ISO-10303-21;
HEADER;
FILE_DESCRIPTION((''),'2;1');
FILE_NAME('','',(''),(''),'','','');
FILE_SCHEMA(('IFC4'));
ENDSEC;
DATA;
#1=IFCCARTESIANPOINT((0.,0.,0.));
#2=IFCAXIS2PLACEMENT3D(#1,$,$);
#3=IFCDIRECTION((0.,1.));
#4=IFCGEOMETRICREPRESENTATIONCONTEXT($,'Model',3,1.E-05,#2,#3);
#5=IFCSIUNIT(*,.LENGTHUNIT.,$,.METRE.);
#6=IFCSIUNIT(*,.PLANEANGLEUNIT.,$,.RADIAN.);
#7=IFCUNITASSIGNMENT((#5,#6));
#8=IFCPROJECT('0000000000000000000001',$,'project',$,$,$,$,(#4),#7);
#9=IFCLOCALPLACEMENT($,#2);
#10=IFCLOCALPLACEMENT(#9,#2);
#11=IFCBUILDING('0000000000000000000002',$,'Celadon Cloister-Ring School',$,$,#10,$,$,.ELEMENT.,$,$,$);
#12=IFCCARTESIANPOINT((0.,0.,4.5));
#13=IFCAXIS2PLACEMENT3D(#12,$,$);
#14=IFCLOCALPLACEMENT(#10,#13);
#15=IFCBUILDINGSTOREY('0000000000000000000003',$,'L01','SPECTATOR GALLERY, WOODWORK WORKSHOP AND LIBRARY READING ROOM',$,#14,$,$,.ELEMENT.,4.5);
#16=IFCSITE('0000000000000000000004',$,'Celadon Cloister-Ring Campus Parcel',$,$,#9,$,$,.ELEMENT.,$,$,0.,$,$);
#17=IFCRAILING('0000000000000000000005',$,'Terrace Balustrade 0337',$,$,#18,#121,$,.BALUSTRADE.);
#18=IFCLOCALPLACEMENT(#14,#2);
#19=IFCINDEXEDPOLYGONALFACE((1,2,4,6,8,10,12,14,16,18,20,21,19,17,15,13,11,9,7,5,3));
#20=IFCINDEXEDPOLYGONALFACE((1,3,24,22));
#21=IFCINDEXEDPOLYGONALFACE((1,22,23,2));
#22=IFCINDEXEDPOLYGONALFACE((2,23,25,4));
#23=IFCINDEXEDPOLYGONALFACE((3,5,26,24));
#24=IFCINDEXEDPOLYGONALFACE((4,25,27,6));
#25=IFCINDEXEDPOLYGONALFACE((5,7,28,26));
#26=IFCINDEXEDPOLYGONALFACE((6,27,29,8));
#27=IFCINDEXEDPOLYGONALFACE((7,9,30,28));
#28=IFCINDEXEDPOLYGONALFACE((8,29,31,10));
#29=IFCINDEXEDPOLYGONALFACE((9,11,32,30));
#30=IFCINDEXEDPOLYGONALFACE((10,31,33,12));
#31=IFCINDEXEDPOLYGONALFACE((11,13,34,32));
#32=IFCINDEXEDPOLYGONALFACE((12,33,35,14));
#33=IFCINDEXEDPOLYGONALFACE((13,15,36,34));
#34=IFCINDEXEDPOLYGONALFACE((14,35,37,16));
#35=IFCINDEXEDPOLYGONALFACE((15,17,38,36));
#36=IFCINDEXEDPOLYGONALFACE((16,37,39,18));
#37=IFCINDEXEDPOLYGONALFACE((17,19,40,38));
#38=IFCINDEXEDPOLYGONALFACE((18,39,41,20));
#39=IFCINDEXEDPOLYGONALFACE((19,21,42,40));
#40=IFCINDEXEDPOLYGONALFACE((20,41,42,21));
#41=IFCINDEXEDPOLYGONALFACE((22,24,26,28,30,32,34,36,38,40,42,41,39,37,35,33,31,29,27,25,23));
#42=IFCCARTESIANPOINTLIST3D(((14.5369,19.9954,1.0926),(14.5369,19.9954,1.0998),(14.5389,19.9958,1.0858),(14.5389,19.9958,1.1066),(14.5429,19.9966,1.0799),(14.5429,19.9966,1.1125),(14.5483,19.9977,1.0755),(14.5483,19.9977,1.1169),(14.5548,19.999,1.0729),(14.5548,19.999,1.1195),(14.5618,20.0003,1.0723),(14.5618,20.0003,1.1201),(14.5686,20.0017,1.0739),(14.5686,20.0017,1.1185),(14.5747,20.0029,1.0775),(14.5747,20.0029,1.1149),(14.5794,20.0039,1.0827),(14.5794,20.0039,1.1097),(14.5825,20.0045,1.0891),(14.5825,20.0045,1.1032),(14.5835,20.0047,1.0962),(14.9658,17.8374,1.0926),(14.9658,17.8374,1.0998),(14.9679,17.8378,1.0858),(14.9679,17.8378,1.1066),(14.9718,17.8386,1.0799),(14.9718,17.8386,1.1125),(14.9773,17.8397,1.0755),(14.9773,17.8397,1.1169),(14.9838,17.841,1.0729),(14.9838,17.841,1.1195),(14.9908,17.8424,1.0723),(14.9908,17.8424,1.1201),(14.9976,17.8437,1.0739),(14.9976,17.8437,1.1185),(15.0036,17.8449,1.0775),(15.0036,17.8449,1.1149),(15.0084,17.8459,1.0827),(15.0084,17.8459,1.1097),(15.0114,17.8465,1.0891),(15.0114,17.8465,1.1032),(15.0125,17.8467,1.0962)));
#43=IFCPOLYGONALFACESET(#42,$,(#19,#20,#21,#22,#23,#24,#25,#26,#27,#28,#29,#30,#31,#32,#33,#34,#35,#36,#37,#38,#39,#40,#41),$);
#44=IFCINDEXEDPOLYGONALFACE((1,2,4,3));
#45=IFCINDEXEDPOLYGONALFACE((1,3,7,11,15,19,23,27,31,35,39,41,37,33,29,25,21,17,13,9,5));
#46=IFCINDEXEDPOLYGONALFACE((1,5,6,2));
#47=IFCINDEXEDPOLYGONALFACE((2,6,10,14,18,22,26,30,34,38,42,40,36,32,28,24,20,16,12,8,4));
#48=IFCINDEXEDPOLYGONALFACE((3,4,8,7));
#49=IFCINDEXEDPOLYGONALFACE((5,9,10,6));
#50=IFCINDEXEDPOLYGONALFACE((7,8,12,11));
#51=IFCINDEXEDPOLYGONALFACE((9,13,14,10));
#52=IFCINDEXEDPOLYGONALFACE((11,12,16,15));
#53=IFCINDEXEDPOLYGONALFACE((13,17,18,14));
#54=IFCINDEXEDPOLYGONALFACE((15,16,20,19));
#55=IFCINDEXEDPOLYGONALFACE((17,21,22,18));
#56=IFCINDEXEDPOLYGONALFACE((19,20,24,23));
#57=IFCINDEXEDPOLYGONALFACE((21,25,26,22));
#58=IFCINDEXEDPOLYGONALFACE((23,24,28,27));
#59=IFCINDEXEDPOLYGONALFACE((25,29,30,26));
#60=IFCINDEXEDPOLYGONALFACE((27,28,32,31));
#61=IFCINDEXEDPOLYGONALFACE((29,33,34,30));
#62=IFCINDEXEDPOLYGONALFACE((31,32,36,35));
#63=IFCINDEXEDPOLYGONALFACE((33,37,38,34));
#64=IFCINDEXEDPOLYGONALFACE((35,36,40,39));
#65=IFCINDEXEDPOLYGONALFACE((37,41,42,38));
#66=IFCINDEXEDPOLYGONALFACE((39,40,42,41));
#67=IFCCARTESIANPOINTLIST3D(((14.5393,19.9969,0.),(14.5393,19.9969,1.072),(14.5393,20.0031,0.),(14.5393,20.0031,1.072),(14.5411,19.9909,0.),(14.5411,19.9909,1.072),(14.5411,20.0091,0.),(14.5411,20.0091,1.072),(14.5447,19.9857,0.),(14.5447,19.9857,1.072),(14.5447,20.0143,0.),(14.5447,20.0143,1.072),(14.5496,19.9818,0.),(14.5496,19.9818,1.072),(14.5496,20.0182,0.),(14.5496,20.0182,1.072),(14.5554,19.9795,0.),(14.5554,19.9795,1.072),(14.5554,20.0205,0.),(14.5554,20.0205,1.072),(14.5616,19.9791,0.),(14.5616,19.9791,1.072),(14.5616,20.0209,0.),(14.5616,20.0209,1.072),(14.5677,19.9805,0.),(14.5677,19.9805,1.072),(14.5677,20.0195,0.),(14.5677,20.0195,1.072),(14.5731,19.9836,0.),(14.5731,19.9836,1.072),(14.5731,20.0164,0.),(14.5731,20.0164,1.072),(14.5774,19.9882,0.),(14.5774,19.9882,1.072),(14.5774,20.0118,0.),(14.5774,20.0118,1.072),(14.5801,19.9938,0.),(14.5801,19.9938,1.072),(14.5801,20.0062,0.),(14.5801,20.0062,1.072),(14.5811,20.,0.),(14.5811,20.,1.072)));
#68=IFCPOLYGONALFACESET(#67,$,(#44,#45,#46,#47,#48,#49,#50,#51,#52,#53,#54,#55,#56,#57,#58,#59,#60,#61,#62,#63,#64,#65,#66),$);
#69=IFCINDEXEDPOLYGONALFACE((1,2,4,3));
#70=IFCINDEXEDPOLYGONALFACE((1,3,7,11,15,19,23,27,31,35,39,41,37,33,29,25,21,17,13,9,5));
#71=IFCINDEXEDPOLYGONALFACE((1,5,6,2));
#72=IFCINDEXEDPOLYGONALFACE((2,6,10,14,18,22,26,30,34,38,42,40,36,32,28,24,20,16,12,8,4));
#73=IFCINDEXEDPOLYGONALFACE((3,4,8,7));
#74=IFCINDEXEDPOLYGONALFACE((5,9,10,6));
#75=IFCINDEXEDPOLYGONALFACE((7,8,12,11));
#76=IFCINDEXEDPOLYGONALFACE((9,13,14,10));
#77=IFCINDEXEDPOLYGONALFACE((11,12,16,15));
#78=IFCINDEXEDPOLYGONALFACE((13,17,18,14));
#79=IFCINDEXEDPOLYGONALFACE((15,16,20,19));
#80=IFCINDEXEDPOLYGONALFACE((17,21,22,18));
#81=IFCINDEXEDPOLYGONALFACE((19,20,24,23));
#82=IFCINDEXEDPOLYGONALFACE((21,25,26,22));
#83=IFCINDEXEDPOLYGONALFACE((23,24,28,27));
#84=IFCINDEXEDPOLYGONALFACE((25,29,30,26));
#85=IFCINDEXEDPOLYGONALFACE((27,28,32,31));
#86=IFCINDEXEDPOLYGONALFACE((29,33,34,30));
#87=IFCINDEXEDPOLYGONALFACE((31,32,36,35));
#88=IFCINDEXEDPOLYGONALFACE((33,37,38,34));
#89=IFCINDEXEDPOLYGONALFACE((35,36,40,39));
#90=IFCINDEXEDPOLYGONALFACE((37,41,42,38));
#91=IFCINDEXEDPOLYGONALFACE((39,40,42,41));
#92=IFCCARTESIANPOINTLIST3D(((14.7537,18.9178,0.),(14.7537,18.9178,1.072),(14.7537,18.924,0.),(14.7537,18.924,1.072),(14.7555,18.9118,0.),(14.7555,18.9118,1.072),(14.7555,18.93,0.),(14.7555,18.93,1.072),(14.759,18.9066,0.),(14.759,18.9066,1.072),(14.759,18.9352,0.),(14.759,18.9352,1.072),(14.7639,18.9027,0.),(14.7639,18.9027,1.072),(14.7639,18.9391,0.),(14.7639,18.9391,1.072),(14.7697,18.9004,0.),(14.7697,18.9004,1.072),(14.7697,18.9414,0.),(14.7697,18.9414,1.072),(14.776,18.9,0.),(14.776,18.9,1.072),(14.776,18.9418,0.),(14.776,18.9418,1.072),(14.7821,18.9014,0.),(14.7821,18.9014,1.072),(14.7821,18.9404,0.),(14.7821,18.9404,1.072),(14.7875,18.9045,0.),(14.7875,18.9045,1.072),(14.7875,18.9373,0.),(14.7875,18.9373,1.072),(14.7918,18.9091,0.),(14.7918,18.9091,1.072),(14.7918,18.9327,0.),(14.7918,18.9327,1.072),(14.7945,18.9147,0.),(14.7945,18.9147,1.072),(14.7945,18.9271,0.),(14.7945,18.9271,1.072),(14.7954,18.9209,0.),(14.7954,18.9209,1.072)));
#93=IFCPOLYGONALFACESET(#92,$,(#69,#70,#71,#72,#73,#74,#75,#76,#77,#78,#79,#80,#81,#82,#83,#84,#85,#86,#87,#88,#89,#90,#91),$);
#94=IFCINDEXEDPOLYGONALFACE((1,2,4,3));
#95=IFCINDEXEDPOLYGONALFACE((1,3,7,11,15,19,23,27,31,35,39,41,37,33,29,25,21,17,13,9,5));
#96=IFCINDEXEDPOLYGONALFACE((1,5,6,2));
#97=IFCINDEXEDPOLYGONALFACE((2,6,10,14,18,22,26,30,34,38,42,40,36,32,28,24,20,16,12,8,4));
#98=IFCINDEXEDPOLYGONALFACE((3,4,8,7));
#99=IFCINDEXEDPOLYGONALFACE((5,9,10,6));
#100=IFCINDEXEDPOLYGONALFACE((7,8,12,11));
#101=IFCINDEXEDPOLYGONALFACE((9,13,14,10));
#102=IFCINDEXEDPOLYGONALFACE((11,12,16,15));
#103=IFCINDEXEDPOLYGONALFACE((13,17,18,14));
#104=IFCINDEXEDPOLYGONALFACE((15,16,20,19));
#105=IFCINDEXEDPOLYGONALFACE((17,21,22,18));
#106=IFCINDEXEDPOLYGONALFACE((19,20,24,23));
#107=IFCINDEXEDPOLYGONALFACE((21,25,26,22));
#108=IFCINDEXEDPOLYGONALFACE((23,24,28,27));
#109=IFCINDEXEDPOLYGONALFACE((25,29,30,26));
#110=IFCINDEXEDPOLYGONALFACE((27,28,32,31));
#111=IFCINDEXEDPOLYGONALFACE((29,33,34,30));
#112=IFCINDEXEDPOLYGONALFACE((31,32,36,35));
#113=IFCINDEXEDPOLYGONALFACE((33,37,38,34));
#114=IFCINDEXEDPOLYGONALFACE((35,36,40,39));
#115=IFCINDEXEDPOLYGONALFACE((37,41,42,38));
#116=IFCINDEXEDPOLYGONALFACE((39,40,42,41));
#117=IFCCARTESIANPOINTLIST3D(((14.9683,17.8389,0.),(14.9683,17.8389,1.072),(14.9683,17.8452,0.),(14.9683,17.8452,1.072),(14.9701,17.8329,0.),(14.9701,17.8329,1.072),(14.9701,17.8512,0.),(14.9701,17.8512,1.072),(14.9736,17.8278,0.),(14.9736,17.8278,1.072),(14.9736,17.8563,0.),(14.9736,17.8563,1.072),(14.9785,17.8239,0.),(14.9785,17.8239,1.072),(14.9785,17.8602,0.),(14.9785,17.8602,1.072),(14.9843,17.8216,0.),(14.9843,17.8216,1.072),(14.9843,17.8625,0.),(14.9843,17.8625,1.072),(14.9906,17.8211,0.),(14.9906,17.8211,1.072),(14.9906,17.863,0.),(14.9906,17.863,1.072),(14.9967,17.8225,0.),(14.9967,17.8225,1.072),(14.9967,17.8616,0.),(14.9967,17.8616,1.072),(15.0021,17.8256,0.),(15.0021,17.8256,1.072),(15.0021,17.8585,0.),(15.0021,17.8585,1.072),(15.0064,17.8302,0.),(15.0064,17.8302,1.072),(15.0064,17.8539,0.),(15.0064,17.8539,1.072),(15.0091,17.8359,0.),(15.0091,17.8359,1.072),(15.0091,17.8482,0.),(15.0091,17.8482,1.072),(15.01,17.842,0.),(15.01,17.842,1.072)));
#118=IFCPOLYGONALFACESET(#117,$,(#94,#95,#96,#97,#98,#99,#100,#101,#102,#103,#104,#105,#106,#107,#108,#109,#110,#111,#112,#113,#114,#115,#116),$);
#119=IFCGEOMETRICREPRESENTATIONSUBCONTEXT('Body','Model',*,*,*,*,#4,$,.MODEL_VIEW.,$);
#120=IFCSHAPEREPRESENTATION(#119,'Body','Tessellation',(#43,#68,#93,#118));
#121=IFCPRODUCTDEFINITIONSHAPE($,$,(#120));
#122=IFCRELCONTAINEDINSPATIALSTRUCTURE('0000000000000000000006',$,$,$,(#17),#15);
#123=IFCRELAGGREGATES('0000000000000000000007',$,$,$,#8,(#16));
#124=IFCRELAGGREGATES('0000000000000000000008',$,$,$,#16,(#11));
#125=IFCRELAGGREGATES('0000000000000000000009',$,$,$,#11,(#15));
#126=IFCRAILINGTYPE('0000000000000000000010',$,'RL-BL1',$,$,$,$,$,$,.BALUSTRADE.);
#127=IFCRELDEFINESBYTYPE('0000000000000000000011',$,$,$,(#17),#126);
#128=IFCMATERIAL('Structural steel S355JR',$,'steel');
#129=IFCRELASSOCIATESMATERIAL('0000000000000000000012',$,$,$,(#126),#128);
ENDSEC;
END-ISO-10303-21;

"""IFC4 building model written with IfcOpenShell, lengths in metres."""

from ifc_helpers import new_model, si_unit, direction, frame, origin, origin_2d, place, context, subcontext, project, spatial, circle, extrude, material, type_object, element, save


model = new_model("IFC4")

# Units and contexts
model_context = context("Model", 3, precision=1e-05, world=origin(), true_north=direction((0.0, 1.0)))
body_context = subcontext(model_context, "Body", "Model", "MODEL_VIEW")
ifc_project = project(units=[si_unit("LENGTHUNIT", "METRE"), si_unit("PLANEANGLEUNIT", "RADIAN")], contexts=[model_context])

# Site, building, storey
site_placement = place(None, origin())
site = spatial("IfcSite", under=ifc_project, at=site_placement, Name="Celadon Cloister-Ring Campus Parcel", CompositionType="ELEMENT", RefElevation=0.0)
building_placement = place(site_placement, origin())
building = spatial("IfcBuilding", under=site, at=building_placement, Name="Celadon Cloister-Ring School", CompositionType="ELEMENT")
storey_placement = place(building_placement, frame((0.0, 0.0, 4.5)))
storey = spatial("IfcBuildingStorey", under=building, at=storey_placement, Name="L01", Description="SPECTATOR GALLERY, WOODWORK WORKSHOP AND LIBRARY READING ROOM", CompositionType="ELEMENT", Elevation=4.5)

# Railing
ifc_material_1 = material(Name="Structural steel S355JR", Category="steel")
railing_type = type_object("IfcRailingType", Name="RL-BL1", PredefinedType="BALUSTRADE", material=ifc_material_1)
railing_placement = place(storey_placement, frame((14.5601, 20.0, 0.0)))
element("IfcRailing", 1, at=railing_placement, inside=storey, type_object=railing_type, Name="Terrace Balustrade 0337", PredefinedType="BALUSTRADE", context=body_context, shape_type="SweptSolid", body=[
    extrude(circle(Radius=0.0239, at=origin_2d()), frame((0.0, 0.0, 1.0962), z_axis=(0.194964, -0.98081, 0.0), x_axis=(0.98081, 0.194964, 0.0)), (0.0, 0.0, 1.0), 2.2002),
    extrude(circle(Radius=0.021, at=origin_2d()), origin(), (0.0, 0.0, 1.0), 1.072),
    extrude(circle(Radius=0.021, at=origin_2d()), frame((0.2144, -1.0791, 0.0)), (0.0, 0.0, 1.0), 1.072),
    extrude(circle(Radius=0.021, at=origin_2d()), frame((0.429, -2.158, 0.0)), (0.0, 0.0, 1.0), 1.072),
])

save(model, "model.ifc")
